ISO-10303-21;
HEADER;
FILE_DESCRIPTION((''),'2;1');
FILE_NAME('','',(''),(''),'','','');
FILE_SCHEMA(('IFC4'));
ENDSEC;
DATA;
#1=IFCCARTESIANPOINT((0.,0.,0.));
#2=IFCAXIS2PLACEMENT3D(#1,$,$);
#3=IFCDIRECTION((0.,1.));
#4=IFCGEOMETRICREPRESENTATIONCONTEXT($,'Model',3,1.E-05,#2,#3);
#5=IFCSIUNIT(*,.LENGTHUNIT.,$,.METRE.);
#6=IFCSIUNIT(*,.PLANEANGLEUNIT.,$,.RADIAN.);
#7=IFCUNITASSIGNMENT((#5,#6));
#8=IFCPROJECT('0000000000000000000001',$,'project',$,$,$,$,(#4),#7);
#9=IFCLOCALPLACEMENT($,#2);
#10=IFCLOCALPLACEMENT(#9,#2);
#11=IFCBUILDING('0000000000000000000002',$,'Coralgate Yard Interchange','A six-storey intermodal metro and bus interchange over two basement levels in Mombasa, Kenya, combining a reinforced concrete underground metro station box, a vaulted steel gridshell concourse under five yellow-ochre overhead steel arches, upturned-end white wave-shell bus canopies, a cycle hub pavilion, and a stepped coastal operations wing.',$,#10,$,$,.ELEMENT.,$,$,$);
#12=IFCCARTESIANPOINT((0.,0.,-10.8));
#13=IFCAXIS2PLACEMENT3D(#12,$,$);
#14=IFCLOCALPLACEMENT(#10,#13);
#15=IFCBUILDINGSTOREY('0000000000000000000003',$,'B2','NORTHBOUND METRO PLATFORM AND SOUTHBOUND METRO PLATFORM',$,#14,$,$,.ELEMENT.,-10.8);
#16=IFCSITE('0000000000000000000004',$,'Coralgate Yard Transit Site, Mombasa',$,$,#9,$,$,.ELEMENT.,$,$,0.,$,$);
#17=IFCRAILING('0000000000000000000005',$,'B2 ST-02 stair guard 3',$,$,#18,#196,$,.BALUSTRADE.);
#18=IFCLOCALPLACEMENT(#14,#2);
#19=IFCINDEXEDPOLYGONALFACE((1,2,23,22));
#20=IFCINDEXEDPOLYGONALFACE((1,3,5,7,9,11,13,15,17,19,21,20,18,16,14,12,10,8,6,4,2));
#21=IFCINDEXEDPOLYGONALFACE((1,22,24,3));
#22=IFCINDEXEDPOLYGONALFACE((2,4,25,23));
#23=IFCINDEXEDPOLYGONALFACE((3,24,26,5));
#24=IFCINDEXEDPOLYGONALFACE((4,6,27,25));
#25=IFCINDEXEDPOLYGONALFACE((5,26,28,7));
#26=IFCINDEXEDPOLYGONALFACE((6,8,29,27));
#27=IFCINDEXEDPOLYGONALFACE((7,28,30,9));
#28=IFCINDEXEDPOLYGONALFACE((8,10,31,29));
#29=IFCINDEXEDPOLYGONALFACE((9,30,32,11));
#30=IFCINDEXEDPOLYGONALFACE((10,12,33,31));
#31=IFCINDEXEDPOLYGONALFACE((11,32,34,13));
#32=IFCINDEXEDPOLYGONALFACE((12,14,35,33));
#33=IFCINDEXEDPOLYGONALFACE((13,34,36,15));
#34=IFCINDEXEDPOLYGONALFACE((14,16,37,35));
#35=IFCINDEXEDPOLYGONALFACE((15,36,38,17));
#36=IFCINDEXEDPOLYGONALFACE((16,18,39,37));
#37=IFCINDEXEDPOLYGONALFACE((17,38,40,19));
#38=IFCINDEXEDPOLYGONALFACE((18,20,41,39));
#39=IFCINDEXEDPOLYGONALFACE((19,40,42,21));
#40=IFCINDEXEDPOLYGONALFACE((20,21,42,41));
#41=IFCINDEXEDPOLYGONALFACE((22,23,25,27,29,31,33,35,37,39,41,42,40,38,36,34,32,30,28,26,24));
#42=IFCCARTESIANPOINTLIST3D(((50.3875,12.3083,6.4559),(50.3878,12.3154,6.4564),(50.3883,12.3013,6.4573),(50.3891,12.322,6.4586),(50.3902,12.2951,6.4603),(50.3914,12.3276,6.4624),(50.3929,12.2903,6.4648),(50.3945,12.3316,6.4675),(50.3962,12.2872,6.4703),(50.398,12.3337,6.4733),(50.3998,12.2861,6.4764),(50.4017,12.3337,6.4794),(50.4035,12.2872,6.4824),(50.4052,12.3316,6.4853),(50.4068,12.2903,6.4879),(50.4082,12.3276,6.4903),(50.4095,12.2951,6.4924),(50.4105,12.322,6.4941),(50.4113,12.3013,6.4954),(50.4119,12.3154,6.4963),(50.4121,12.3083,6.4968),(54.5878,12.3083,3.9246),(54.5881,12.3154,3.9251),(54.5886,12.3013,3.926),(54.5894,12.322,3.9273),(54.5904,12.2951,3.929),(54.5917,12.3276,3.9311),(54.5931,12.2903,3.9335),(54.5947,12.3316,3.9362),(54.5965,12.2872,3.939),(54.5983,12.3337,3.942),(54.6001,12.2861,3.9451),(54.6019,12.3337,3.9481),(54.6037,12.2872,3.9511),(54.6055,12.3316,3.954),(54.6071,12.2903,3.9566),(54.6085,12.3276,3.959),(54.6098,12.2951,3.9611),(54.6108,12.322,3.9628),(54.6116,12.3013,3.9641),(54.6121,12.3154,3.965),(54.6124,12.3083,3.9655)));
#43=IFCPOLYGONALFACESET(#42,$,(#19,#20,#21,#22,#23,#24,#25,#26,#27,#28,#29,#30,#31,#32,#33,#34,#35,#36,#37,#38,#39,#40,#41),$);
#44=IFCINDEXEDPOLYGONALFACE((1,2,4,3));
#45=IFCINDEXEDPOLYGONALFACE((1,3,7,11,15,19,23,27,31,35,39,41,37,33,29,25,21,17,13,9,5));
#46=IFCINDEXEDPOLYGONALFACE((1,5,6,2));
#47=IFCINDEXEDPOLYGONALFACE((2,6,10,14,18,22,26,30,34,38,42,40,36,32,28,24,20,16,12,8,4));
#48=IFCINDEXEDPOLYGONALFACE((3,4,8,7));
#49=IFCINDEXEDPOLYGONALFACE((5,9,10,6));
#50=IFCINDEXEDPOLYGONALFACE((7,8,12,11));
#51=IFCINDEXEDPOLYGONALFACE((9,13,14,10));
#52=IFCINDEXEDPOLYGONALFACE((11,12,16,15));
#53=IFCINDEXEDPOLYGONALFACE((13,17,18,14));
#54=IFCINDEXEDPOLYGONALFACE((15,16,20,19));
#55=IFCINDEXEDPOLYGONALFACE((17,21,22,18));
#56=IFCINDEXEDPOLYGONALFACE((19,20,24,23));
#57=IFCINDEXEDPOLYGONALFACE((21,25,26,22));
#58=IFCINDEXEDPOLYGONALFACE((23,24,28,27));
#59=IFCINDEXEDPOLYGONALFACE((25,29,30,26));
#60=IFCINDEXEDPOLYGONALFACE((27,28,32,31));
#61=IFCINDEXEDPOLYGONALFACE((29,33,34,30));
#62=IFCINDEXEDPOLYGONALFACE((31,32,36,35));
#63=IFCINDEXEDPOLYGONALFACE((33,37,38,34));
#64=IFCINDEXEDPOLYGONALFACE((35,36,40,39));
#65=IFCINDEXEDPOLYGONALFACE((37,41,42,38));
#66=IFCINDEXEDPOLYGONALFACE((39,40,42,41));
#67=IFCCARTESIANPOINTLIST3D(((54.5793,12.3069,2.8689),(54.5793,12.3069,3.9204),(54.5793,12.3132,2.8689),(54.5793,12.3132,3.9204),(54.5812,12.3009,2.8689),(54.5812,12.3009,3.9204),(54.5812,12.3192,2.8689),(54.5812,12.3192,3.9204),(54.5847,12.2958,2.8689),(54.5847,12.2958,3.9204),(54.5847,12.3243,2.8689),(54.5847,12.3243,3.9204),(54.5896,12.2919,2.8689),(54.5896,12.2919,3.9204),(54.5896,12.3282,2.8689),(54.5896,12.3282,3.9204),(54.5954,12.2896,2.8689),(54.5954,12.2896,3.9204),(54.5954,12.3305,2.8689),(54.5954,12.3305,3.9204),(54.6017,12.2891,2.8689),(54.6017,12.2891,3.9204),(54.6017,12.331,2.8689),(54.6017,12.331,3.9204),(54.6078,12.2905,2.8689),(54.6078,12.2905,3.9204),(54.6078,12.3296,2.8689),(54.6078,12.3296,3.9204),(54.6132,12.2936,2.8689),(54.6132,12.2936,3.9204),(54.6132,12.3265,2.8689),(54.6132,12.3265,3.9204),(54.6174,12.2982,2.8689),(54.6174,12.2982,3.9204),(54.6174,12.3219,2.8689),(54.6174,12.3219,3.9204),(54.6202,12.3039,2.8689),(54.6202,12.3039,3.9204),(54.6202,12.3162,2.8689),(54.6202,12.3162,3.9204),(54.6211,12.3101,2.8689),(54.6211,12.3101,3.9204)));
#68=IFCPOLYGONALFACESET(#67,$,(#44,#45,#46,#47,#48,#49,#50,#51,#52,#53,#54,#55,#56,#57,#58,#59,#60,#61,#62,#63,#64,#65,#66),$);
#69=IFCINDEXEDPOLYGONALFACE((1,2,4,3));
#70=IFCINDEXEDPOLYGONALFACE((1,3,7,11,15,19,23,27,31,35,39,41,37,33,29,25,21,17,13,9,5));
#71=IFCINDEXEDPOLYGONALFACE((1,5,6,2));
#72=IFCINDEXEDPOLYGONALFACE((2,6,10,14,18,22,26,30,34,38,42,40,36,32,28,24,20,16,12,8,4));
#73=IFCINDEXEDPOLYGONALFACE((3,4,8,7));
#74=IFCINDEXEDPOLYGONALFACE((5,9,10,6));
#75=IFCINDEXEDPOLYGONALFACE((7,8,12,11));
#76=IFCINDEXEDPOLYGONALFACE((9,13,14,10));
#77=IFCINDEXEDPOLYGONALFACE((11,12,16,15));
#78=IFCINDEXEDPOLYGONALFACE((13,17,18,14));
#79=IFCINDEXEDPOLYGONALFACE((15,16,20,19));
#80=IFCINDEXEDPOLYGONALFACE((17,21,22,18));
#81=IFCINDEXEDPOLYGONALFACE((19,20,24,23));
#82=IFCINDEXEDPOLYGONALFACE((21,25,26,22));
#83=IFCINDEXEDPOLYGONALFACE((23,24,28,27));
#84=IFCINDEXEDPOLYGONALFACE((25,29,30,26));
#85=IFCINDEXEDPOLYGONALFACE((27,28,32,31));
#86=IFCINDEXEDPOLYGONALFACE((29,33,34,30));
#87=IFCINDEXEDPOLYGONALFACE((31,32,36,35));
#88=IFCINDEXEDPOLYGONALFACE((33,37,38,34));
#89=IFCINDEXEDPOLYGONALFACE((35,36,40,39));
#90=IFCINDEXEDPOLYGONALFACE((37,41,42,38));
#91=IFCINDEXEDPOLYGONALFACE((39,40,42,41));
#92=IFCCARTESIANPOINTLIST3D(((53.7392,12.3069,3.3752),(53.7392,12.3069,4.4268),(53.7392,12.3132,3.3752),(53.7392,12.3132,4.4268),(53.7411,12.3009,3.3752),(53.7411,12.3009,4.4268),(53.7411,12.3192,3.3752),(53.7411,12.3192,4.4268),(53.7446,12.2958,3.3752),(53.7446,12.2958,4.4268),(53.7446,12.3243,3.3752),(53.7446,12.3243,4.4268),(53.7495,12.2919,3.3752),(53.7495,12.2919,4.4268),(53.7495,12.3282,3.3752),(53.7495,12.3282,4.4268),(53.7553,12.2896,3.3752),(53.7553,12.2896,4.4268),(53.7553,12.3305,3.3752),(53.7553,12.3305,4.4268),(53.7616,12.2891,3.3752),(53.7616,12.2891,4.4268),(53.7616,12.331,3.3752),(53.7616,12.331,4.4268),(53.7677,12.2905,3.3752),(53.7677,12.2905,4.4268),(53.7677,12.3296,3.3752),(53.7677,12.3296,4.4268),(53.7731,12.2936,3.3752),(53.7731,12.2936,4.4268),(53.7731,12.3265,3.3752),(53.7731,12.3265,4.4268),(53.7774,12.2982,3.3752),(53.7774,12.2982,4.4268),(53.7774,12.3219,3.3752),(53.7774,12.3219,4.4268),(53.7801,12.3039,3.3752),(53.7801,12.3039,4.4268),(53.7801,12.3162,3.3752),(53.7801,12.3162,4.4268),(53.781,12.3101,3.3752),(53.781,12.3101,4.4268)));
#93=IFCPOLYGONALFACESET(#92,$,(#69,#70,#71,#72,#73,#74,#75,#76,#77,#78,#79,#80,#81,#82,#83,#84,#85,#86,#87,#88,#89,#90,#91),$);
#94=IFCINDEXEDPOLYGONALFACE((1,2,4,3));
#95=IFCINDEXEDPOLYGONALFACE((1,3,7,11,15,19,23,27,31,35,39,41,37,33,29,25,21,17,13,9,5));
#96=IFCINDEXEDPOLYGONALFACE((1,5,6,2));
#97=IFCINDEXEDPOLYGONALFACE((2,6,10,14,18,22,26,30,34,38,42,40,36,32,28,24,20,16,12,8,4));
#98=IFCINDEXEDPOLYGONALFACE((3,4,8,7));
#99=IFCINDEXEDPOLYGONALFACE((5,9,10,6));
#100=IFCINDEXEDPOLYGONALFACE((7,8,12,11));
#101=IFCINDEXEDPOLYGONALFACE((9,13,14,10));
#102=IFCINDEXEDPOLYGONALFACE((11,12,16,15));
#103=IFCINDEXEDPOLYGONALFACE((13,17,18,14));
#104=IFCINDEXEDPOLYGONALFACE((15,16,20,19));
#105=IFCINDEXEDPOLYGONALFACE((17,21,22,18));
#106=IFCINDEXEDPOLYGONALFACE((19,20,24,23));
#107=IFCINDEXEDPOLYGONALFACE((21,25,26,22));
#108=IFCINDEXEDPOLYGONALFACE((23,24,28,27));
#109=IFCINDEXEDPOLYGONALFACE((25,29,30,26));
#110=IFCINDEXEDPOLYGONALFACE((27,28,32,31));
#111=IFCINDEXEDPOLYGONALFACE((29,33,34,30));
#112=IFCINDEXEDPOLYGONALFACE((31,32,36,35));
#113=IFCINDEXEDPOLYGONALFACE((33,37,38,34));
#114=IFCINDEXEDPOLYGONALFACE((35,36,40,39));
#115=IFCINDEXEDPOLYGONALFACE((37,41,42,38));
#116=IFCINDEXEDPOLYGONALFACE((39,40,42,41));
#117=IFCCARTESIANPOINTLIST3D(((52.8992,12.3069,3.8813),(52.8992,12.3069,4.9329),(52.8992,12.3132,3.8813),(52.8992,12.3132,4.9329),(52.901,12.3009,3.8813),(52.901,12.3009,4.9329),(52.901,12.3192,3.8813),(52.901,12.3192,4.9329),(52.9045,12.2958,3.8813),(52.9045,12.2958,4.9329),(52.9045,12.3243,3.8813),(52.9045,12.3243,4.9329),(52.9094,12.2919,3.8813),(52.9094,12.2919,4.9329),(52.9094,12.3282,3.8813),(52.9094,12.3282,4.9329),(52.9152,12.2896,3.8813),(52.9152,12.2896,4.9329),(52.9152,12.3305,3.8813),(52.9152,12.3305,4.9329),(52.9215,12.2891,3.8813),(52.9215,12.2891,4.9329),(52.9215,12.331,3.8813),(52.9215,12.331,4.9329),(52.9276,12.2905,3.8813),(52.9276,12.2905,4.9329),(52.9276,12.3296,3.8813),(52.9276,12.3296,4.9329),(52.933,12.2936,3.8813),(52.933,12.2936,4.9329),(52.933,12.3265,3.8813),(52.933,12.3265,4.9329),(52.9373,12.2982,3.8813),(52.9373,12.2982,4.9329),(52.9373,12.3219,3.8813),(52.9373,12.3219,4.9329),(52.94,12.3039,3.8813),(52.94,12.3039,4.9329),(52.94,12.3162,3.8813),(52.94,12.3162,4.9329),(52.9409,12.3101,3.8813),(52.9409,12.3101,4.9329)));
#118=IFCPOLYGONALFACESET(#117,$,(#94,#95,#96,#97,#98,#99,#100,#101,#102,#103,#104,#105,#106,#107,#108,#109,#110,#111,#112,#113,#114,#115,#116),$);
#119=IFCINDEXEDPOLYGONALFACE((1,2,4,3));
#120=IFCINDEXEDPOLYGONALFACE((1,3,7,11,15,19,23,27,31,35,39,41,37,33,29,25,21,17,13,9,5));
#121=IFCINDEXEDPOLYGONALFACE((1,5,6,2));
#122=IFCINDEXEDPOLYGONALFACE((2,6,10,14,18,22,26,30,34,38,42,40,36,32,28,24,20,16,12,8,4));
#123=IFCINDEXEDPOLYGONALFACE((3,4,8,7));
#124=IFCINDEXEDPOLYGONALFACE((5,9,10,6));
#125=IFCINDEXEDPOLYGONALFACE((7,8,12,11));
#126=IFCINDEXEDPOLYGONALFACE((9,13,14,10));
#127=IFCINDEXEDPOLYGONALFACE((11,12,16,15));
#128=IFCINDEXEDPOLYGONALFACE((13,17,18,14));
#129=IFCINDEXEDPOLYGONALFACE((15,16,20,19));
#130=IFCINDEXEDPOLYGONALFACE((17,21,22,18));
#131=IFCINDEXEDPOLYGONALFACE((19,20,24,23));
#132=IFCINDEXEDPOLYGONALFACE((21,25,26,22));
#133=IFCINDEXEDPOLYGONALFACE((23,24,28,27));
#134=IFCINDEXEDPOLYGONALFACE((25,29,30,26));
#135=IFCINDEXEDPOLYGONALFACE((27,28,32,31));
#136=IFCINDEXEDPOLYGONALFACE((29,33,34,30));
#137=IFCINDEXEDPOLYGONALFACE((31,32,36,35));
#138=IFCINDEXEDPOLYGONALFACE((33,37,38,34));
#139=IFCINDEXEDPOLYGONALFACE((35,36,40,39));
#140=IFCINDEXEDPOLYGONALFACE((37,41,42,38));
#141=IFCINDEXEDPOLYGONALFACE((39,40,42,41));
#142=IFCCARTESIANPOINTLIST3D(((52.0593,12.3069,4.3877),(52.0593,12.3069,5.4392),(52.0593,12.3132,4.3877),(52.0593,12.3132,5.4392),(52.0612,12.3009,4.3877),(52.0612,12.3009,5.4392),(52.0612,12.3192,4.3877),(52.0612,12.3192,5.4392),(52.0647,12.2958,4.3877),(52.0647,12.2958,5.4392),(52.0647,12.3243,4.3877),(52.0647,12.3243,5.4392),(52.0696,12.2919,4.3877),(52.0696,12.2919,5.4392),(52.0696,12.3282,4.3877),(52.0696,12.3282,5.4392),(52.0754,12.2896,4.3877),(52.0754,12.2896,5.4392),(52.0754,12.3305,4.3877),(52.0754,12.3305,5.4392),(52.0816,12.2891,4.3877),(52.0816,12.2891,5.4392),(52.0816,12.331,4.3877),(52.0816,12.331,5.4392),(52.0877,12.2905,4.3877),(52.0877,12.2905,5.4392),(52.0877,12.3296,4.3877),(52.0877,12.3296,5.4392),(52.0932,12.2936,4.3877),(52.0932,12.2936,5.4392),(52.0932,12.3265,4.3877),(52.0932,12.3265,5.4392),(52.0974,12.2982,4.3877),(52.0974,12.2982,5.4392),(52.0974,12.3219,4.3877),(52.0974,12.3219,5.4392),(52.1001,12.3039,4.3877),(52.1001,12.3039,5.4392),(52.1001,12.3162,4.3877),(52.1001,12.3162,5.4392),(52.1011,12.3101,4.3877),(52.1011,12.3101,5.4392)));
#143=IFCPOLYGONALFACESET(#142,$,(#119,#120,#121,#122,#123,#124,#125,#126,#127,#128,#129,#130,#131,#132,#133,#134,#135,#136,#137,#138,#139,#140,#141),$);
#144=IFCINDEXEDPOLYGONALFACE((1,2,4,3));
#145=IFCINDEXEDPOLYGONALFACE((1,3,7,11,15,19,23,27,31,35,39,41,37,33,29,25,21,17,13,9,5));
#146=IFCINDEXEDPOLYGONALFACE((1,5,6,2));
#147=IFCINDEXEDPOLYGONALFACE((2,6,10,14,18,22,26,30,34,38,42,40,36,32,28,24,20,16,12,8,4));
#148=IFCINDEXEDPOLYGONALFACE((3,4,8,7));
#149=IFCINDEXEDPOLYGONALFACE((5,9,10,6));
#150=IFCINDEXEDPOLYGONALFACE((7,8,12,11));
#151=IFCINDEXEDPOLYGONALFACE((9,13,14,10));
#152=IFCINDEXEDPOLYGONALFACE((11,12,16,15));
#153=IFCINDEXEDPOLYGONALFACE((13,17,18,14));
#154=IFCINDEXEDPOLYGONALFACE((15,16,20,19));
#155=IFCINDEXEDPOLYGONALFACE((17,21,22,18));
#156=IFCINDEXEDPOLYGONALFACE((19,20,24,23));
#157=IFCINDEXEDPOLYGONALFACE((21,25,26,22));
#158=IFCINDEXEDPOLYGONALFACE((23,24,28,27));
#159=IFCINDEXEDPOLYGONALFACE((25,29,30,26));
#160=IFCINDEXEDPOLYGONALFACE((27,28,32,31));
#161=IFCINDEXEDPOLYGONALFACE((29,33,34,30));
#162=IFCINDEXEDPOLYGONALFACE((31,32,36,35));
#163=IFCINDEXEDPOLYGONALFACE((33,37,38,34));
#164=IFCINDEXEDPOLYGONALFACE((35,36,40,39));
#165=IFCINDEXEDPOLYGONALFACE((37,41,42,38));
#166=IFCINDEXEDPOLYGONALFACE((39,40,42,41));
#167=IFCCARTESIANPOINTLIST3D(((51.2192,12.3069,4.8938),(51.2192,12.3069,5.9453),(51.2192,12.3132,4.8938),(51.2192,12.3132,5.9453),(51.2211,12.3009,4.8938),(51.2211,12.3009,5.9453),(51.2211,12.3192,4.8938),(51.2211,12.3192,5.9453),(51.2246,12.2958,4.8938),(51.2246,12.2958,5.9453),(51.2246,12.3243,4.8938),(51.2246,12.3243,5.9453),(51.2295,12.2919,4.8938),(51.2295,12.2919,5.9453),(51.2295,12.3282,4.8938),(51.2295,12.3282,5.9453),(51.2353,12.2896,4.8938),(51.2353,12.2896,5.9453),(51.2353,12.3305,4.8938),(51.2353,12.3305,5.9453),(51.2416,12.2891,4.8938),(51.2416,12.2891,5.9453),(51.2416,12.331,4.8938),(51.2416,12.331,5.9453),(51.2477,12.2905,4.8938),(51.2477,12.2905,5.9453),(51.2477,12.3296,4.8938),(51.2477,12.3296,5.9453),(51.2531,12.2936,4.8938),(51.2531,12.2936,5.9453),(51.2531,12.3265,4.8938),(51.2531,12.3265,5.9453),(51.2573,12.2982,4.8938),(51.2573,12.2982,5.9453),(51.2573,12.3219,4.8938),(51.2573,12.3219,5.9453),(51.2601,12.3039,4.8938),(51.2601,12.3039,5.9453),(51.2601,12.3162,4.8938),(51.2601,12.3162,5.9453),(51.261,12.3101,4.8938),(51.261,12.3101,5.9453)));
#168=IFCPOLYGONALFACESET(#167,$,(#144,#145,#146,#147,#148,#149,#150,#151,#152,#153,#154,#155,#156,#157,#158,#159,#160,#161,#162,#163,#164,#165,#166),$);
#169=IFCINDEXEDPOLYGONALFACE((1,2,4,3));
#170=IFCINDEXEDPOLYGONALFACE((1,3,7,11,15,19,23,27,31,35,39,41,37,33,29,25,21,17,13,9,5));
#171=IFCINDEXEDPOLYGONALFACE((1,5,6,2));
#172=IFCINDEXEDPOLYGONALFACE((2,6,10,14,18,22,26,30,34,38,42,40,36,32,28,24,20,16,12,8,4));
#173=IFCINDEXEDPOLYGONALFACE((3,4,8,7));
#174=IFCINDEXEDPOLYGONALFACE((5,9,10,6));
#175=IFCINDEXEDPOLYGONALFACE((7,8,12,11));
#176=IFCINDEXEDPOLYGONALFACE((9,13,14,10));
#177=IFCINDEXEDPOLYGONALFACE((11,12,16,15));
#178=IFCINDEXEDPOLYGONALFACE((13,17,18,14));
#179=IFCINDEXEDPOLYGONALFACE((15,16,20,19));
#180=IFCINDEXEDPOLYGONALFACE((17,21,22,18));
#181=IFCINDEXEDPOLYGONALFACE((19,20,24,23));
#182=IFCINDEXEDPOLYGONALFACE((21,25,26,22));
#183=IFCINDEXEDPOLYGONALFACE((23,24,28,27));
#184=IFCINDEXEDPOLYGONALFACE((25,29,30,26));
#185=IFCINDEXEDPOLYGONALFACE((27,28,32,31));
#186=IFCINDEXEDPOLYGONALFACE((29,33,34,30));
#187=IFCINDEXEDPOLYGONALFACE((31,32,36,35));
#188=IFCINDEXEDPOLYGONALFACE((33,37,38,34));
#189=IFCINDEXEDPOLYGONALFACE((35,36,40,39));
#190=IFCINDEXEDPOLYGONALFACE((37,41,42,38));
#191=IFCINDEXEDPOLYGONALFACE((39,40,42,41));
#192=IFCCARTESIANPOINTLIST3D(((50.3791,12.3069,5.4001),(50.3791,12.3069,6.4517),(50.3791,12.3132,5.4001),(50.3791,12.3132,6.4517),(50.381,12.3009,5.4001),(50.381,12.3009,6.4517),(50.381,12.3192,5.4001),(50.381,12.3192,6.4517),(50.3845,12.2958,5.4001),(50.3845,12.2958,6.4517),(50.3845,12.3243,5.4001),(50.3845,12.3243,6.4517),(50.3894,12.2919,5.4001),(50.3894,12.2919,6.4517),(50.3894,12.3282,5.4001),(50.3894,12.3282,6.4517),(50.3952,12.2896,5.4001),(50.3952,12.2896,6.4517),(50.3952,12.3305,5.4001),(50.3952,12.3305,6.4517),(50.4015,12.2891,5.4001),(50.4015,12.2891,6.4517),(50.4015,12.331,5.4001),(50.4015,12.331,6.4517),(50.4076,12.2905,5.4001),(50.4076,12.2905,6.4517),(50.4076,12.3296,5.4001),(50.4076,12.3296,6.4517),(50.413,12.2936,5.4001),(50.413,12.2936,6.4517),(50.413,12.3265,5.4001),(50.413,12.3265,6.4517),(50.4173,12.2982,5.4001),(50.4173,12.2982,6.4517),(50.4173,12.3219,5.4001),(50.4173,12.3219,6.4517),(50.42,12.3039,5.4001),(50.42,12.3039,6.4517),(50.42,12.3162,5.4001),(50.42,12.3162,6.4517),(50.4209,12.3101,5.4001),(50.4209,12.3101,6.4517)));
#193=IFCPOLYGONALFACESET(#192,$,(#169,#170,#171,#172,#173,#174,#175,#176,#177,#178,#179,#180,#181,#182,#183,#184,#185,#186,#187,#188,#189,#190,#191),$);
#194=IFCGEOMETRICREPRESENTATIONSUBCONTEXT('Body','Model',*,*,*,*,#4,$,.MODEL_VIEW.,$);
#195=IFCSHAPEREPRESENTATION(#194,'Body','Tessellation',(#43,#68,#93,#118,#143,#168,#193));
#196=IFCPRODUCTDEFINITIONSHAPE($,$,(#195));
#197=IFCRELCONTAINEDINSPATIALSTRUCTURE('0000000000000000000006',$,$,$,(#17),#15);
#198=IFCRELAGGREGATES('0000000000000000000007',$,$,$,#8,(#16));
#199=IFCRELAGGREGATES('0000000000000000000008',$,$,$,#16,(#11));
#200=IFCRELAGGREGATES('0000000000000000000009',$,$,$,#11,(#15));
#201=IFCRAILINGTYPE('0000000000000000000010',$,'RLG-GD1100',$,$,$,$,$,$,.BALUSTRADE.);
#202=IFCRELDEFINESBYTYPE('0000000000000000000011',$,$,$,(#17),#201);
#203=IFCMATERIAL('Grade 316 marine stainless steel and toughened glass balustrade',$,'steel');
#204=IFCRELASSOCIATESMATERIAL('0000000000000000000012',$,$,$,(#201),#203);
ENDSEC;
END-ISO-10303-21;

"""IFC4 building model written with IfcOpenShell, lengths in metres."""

from ifc_helpers import new_model, si_unit, direction, frame, origin, origin_2d, place, context, subcontext, project, spatial, circle, extrude, material, type_object, element, save


model = new_model("IFC4")

# Units and contexts
model_context = context("Model", 3, precision=1e-05, world=origin(), true_north=direction((0.0, 1.0)))
body_context = subcontext(model_context, "Body", "Model", "MODEL_VIEW")
ifc_project = project(units=[si_unit("LENGTHUNIT", "METRE"), si_unit("PLANEANGLEUNIT", "RADIAN")], contexts=[model_context])

# Site, building, storey
site_placement = place(None, origin())
site = spatial("IfcSite", under=ifc_project, at=site_placement, Name="Coralgate Yard Transit Site, Mombasa", CompositionType="ELEMENT", RefElevation=0.0)
building_placement = place(site_placement, origin())
building = spatial("IfcBuilding", under=site, at=building_placement, Name="Coralgate Yard Interchange", Description="A six-storey intermodal metro and bus interchange over two basement levels in Mombasa, Kenya, combining a reinforced concrete underground metro station box, a vaulted steel gridshell concourse under five yellow-ochre overhead steel arches, upturned-end white wave-shell bus canopies, a cycle hub pavilion, and a stepped coastal operations wing.", CompositionType="ELEMENT")
storey_placement = place(building_placement, frame((0.0, 0.0, -10.8)))
storey = spatial("IfcBuildingStorey", under=building, at=storey_placement, Name="B2", Description="NORTHBOUND METRO PLATFORM AND SOUTHBOUND METRO PLATFORM", CompositionType="ELEMENT", Elevation=-10.8)

# Railing
ifc_material_1 = material(Name="Grade 316 marine stainless steel and toughened glass balustrade", Category="steel")
railing_type_1 = type_object("IfcRailingType", Name="RLG-GD1100", PredefinedType="BALUSTRADE", material=ifc_material_1)
railing_1_placement = place(storey_placement, frame((54.6001, 12.3101, 2.8689)))
element("IfcRailing", 1, at=railing_1_placement, inside=storey, type_object=railing_type_1, Name="B2 ST-02 stair guard 3", PredefinedType="BALUSTRADE", context=body_context, shape_type="SweptSolid", body=[
    extrude(circle(Radius=0.0239, at=origin_2d()), frame((0.0, 0.0, 1.0762), z_axis=(-0.85649, 0.0, 0.516164), x_axis=(0.0, -1.0, 0.0)), (0.0, 0.0, 1.0), 4.9041),
    extrude(circle(Radius=0.021, at=origin_2d()), origin(), (0.0, 0.0, 1.0), 1.0515),
    extrude(circle(Radius=0.021, at=origin_2d()), frame((-0.8401, 0.0, 0.5063)), (0.0, 0.0, 1.0), 1.0515),
    extrude(circle(Radius=0.021, at=origin_2d()), frame((-1.6802, 0.0, 1.0125)), (0.0, 0.0, 1.0), 1.0515),
    extrude(circle(Radius=0.021, at=origin_2d()), frame((-2.52, 0.0, 1.5188)), (0.0, 0.0, 1.0), 1.0515),
    extrude(circle(Radius=0.021, at=origin_2d()), frame((-3.3601, 0.0, 2.0249)), (0.0, 0.0, 1.0), 1.0515),
    extrude(circle(Radius=0.021, at=origin_2d()), frame((-4.2002, 0.0, 2.5312)), (0.0, 0.0, 1.0), 1.0515),
])

save(model, "model.ifc")
